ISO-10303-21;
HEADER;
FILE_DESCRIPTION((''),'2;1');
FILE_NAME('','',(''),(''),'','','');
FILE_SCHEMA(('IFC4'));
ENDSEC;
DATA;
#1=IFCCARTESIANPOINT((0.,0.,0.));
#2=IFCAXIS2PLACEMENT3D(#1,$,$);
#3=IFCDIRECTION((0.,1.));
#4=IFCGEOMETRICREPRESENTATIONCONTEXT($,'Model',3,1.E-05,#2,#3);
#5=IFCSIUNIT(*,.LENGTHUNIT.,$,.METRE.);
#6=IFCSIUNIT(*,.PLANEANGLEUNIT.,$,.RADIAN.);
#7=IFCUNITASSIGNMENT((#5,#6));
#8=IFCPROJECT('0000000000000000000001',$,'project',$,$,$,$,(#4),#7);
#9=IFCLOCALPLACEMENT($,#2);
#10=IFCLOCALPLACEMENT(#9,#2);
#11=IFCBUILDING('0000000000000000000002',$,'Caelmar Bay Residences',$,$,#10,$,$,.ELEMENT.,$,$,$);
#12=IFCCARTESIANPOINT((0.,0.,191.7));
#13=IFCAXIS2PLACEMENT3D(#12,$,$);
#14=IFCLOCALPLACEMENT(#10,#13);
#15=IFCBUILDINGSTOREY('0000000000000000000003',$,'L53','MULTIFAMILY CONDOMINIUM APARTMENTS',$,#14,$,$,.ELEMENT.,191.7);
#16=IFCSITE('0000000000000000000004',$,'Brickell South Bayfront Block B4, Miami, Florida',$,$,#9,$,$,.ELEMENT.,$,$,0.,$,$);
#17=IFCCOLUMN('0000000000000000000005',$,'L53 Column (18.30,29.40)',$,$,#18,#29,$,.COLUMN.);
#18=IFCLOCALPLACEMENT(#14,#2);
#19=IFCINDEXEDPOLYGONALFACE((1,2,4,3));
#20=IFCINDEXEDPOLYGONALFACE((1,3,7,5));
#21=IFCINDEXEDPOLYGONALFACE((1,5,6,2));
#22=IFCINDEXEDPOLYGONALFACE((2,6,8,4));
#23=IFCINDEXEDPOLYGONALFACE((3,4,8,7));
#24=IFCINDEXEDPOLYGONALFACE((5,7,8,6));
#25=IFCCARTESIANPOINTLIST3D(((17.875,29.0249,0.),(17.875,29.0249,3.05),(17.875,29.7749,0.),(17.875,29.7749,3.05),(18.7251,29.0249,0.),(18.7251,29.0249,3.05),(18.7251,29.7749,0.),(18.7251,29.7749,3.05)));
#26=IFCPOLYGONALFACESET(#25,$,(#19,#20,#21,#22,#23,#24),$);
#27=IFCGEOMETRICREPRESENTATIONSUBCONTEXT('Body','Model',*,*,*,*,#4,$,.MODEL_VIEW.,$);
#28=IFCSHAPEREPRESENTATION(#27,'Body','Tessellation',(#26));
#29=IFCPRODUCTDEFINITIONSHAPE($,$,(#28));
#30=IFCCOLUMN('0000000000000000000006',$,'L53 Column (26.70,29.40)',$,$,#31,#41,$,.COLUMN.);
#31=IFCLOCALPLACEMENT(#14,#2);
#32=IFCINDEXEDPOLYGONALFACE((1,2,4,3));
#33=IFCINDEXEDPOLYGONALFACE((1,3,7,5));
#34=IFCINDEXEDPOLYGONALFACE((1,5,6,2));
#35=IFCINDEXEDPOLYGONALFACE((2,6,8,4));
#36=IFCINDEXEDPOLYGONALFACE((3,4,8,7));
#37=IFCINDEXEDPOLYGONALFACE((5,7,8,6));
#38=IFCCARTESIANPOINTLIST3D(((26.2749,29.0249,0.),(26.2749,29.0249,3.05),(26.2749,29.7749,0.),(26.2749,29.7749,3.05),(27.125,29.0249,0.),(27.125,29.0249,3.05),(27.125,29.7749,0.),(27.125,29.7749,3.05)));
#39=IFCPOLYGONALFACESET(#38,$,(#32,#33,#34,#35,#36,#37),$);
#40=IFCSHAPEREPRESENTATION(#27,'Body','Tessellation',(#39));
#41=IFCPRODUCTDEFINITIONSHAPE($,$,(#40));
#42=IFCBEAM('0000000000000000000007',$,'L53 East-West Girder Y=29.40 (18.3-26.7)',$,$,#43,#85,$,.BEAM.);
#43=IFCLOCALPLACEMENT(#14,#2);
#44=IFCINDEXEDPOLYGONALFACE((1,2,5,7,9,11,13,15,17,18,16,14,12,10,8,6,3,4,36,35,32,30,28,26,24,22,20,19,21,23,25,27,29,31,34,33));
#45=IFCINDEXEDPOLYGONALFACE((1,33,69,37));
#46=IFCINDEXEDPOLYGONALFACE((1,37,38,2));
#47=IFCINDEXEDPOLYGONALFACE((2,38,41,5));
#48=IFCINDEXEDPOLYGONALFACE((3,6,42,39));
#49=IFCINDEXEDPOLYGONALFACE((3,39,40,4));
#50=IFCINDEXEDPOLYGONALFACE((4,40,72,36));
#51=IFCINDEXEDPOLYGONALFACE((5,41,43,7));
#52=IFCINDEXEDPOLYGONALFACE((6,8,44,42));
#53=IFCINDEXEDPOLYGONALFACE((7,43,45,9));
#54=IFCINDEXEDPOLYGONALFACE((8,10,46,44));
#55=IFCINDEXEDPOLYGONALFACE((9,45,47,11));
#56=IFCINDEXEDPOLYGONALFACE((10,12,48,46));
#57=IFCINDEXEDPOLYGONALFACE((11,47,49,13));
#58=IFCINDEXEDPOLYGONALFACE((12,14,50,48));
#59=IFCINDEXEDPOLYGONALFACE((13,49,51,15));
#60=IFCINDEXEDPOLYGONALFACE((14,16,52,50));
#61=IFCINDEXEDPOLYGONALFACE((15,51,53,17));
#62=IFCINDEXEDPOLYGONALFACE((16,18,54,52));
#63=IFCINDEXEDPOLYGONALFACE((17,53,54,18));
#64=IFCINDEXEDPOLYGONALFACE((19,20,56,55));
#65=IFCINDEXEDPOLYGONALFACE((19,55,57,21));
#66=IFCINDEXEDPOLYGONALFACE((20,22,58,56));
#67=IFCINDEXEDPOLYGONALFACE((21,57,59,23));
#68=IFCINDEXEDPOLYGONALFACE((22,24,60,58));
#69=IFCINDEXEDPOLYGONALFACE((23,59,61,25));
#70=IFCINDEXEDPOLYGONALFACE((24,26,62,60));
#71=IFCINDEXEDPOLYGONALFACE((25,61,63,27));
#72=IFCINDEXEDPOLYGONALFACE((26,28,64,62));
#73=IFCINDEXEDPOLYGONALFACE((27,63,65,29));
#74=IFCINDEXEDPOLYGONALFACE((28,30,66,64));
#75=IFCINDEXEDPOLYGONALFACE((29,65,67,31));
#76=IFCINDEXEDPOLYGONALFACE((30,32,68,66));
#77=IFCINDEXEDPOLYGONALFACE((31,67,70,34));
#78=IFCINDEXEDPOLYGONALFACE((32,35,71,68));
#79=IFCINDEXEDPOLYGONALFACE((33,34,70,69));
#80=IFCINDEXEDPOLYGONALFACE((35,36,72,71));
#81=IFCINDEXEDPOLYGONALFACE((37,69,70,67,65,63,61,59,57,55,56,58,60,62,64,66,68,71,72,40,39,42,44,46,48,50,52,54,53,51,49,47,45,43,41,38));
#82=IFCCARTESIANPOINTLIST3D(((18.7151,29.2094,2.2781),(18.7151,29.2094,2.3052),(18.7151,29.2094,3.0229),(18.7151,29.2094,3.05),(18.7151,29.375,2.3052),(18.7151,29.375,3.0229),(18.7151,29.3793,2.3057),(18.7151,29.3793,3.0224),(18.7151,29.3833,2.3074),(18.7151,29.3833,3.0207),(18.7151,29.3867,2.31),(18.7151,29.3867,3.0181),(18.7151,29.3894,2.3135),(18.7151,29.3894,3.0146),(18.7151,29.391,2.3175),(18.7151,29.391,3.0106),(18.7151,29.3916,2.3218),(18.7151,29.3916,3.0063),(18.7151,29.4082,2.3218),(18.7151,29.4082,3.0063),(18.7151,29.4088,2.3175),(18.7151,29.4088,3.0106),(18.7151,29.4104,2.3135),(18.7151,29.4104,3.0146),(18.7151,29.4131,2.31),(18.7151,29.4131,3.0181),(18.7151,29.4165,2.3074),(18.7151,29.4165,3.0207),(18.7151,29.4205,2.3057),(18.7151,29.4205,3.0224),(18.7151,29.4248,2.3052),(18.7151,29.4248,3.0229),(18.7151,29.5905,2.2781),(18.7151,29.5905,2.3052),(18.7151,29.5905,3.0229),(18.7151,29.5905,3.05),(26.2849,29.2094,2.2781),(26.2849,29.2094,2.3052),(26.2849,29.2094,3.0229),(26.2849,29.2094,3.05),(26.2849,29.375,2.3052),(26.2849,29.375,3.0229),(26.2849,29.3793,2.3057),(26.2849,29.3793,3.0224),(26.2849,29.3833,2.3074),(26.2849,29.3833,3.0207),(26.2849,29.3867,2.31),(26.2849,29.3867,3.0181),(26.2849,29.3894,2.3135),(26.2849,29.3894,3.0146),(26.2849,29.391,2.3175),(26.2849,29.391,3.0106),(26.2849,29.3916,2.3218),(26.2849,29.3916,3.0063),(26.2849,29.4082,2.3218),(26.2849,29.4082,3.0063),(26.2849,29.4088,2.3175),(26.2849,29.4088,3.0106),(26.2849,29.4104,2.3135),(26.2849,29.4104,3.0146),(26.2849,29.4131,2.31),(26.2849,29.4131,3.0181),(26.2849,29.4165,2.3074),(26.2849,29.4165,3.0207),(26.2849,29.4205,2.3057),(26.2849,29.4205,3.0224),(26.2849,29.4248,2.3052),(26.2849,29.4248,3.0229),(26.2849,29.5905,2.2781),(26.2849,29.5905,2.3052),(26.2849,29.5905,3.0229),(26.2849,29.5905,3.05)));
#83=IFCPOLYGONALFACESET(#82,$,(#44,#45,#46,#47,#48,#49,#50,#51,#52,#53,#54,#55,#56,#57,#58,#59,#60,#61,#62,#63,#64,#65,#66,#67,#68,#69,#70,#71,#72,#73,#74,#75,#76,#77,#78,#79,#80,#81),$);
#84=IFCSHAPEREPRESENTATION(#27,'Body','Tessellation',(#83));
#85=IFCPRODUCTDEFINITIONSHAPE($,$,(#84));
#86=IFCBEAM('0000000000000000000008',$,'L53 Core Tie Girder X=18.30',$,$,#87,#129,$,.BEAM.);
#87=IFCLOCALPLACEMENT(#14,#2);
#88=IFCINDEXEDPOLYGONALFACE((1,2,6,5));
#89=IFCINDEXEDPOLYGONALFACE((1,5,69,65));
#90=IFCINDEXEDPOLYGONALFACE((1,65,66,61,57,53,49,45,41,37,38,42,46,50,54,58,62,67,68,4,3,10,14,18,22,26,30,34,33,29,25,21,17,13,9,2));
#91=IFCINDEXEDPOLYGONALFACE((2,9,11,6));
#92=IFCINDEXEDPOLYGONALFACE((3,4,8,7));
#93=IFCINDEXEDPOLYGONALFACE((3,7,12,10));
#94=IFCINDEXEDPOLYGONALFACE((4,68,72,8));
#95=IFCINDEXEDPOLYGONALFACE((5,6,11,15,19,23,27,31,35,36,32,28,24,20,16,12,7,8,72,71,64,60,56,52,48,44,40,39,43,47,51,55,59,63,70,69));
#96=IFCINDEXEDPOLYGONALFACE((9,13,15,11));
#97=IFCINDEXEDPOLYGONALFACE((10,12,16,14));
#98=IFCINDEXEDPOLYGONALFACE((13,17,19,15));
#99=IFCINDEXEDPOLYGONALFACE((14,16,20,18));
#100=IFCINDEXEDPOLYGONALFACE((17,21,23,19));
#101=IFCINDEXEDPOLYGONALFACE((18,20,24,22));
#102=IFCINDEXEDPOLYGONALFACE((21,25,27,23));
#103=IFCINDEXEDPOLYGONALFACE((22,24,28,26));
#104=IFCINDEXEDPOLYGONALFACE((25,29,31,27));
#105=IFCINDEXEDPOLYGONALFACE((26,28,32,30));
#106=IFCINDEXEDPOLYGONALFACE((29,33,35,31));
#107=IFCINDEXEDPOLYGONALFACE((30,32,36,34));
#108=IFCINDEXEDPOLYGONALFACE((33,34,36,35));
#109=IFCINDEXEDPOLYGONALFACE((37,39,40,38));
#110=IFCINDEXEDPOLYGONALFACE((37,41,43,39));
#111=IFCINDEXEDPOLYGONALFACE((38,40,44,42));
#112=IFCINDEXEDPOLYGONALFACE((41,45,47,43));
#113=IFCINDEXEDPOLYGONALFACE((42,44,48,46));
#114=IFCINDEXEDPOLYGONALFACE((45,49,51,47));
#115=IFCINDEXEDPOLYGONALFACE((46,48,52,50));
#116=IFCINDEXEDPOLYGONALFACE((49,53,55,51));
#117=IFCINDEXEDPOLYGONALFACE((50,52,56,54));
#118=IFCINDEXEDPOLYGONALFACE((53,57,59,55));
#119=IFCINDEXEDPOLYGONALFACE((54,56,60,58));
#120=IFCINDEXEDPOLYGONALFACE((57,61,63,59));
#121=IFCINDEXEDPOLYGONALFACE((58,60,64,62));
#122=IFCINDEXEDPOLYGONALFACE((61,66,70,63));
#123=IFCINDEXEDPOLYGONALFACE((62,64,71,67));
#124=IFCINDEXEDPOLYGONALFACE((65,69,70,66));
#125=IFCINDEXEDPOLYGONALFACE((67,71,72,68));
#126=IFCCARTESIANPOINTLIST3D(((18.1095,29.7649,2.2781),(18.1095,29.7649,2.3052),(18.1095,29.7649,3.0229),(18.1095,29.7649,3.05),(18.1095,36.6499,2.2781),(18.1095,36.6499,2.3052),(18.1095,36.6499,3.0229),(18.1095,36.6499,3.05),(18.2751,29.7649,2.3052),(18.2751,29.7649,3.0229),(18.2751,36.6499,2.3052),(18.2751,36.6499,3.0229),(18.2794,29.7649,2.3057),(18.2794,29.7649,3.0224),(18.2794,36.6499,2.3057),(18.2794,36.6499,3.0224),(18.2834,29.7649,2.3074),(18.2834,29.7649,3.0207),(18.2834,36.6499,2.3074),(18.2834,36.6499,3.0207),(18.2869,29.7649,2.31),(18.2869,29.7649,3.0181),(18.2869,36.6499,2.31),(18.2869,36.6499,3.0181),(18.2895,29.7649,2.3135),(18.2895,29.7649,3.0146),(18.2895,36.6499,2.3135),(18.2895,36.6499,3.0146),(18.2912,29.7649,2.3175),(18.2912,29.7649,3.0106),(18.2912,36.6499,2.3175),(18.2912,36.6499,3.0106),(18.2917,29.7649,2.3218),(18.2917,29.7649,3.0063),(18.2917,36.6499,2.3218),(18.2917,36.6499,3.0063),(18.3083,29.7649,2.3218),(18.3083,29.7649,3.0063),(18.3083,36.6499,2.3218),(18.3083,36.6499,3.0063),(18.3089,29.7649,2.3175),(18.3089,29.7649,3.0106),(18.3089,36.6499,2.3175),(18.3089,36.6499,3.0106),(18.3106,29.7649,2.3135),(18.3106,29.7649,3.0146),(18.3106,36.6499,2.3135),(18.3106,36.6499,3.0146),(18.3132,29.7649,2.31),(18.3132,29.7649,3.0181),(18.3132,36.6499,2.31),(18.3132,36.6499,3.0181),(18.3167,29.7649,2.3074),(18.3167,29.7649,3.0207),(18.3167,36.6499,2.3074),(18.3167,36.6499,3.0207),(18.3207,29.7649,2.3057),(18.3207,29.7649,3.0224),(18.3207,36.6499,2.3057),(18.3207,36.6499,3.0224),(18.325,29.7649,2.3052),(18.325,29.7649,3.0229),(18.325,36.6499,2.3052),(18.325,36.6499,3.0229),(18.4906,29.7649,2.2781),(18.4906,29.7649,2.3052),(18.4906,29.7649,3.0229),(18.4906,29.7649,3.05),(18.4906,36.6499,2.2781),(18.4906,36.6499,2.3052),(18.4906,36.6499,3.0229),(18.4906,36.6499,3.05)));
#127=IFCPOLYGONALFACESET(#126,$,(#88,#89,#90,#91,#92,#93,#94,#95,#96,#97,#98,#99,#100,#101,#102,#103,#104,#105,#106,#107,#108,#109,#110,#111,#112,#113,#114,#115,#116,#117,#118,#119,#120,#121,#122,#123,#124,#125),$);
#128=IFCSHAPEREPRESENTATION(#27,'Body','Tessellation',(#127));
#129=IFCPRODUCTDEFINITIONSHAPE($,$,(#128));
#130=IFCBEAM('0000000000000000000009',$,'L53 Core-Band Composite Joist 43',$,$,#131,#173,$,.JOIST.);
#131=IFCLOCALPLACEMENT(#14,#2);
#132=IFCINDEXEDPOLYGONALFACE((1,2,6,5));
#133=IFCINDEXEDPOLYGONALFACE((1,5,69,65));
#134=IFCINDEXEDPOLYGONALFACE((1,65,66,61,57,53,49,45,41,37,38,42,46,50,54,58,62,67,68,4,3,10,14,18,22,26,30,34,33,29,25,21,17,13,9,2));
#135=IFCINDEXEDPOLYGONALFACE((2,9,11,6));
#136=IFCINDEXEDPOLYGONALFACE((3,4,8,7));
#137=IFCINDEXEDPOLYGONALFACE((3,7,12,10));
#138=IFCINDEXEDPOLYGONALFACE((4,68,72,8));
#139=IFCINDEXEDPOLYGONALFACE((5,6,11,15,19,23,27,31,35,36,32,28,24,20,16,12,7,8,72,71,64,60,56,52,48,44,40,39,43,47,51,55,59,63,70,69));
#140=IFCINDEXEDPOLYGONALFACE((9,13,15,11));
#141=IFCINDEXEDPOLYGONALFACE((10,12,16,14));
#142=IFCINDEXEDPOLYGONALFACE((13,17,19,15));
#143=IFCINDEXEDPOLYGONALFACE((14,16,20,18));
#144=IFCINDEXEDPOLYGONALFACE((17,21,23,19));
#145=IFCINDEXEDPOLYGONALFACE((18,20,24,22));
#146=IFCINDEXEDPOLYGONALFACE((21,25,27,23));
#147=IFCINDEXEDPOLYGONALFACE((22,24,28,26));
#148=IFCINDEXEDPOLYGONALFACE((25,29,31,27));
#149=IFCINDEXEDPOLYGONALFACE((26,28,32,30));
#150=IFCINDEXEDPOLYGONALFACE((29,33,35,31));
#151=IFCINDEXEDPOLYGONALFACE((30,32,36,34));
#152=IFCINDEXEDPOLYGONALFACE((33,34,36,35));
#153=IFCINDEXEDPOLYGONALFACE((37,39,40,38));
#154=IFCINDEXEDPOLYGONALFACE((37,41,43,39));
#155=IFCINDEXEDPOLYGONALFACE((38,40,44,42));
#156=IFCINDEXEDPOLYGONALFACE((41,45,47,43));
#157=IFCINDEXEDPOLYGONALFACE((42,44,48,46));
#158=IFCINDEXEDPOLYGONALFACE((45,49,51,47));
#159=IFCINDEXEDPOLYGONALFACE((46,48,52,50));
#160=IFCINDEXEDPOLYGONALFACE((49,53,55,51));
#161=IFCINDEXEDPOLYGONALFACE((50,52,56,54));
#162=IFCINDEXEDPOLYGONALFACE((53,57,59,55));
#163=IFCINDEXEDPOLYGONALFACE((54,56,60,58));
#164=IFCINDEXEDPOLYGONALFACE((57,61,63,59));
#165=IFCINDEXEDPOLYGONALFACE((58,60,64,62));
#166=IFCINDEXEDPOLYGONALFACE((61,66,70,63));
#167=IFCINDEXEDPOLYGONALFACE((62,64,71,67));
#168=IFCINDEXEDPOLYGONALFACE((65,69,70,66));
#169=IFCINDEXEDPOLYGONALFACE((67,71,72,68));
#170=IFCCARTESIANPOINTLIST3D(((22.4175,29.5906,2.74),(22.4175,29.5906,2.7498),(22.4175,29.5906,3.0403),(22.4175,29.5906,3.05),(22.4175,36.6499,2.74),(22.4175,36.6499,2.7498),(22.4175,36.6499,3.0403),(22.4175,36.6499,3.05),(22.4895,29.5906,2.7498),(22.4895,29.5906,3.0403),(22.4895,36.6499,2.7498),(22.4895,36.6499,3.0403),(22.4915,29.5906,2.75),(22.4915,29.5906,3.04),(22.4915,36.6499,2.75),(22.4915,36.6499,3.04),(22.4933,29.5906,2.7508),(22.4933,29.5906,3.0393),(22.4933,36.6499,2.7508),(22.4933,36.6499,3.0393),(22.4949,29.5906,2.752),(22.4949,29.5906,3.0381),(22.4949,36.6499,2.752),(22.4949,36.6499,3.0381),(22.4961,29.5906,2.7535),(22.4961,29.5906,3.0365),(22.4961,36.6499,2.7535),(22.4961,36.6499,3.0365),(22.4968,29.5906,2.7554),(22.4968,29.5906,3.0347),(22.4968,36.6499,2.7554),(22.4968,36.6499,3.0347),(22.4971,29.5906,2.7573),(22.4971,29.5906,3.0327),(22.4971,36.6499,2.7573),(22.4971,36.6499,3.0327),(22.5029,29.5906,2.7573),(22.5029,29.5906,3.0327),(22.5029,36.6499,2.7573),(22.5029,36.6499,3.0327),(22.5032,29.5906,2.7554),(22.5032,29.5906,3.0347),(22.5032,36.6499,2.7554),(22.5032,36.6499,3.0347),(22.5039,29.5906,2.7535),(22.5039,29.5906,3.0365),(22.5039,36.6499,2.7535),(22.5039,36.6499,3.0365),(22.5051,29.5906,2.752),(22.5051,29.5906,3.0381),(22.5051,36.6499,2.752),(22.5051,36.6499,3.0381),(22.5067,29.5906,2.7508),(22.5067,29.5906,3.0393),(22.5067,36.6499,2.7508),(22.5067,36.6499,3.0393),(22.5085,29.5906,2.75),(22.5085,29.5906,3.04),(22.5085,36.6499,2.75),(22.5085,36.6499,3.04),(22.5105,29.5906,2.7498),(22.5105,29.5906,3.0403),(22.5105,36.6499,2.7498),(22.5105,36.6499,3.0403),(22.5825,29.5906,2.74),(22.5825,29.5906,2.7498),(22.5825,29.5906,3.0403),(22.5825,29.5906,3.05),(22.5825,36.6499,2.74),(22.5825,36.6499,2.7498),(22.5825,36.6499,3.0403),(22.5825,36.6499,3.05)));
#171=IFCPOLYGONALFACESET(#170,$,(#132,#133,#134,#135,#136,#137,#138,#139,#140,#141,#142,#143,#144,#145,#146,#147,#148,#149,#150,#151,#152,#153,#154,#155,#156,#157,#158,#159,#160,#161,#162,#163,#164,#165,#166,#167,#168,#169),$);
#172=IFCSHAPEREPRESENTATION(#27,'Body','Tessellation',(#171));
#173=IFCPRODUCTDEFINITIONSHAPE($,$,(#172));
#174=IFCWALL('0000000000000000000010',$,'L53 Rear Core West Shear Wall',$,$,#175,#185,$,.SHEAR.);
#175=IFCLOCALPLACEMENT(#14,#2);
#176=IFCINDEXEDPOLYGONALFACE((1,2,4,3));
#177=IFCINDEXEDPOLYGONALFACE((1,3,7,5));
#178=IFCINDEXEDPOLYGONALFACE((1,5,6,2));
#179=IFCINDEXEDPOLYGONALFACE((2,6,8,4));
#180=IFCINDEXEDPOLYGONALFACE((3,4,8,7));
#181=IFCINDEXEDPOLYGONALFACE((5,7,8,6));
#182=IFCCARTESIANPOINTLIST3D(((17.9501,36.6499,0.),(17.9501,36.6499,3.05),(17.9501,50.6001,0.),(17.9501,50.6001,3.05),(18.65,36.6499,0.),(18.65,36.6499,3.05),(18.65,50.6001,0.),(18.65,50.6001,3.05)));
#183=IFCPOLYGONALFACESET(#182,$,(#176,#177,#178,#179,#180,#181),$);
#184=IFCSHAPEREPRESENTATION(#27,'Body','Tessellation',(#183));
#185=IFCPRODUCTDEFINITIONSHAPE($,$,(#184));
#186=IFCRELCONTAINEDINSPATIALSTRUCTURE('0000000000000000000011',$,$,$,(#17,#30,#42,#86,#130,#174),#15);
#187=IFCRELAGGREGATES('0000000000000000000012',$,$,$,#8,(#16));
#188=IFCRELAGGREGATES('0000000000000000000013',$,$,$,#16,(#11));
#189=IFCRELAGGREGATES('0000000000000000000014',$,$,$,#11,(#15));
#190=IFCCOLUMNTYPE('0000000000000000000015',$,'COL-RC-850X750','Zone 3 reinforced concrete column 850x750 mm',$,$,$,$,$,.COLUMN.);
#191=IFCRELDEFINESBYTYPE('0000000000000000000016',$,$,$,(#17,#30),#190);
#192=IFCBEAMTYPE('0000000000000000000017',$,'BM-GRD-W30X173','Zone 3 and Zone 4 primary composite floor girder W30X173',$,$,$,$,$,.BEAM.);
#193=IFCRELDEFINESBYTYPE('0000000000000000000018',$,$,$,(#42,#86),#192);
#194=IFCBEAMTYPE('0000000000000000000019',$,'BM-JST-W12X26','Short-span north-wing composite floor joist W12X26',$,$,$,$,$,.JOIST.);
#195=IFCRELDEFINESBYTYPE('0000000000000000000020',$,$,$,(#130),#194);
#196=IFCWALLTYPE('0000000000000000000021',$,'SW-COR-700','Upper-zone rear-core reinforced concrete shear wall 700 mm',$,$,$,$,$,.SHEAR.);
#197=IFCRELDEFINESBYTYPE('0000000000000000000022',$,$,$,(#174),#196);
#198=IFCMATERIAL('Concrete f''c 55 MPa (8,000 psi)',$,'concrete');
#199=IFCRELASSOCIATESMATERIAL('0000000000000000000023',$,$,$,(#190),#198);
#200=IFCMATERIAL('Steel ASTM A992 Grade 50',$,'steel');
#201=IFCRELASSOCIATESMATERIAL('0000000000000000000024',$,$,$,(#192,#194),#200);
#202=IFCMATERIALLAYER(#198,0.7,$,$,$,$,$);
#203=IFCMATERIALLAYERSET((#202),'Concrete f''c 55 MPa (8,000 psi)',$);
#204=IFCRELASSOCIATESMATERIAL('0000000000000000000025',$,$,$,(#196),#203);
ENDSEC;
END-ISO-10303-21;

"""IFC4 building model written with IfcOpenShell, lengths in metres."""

from ifc_helpers import new_model, si_unit, direction, frame, frame_2d, origin, origin_2d, place, context, subcontext, project, spatial, rectangle, i_section, extrude, material, layer, layer_set, material_profile, profile_set, type_object, element, save


model = new_model("IFC4")

# Units and contexts
model_context = context("Model", 3, precision=1e-05, world=origin(), true_north=direction((0.0, 1.0)))
body_context = subcontext(model_context, "Body", "Model", "MODEL_VIEW")
ifc_project = project(units=[si_unit("LENGTHUNIT", "METRE"), si_unit("PLANEANGLEUNIT", "RADIAN")], contexts=[model_context])

# Site, building, storey
site_placement = place(None, origin())
site = spatial("IfcSite", under=ifc_project, at=site_placement, Name="Brickell South Bayfront Block B4, Miami, Florida", CompositionType="ELEMENT", RefElevation=0.0)
building_placement = place(site_placement, origin())
building = spatial("IfcBuilding", under=site, at=building_placement, Name="Caelmar Bay Residences", CompositionType="ELEMENT")
storey_placement = place(building_placement, frame((0.0, 0.0, 191.7)))
storey = spatial("IfcBuildingStorey", under=building, at=storey_placement, Name="L53", Description="MULTIFAMILY CONDOMINIUM APARTMENTS", CompositionType="ELEMENT", Elevation=191.7)

# Columns
ifc_material_1 = material(Name="Concrete f'c 55 MPa (8,000 psi)", Category="concrete")
ifc_material_profile_1 = material_profile(ifc_material_1, rectangle(XDim=0.8501, YDim=0.75, at=origin_2d()), Name="RC-COL-850X750")
ifc_profile_set_1 = profile_set([ifc_material_profile_1], Name="Concrete f'c 55 MPa (8,000 psi)")
column_type = type_object("IfcColumnType", Name="COL-RC-850X750", Description="Zone 3 reinforced concrete column 850x750 mm", PredefinedType="COLUMN", material=ifc_profile_set_1)
for number, where, z_axis, x_axis, name in (
    (1, (18.3, 29.3999, 0.0), (0.0, 0.0, 1.0), (1.0, 0.0, 0.0), "L53 Column (18.30,29.40)"),
    (2, (26.7, 29.3999, 0.0), (0.0, 0.0, 1.0), (1.0, 0.0, 0.0), "L53 Column (26.70,29.40)"),
):
    element("IfcColumn", number, at=place(storey_placement, frame(where, z_axis=z_axis, x_axis=x_axis)), inside=storey, type_object=column_type, Name=name, PredefinedType="COLUMN", context=body_context, shape_type="SweptSolid", body=[
        extrude(rectangle(XDim=0.8501, YDim=0.75, at=origin_2d()), origin(), (0.0, 0.0, 1.0), 3.05),
    ])

# Beams
ifc_material_2 = material(Name="Steel ASTM A992 Grade 50", Category="steel")
ifc_material_profile_2 = material_profile(ifc_material_2, i_section(OverallWidth=0.3811, OverallDepth=0.772, WebThickness=0.0166, FlangeThickness=0.0271, FilletRadius=0.0166, at=origin_2d()), Name="W30X173")
ifc_profile_set_2 = profile_set([ifc_material_profile_2], Name="Steel ASTM A992 Grade 50")
beam_type_1 = type_object("IfcBeamType", Name="BM-GRD-W30X173", Description="Zone 3 and Zone 4 primary composite floor girder W30X173", PredefinedType="BEAM", material=ifc_profile_set_2)
beam_1_placement = place(storey_placement, frame((18.7151, 29.3999, 2.6641), z_axis=(1.0, 0.0, 0.0), x_axis=(0.0, 1.0, 0.0)))
element("IfcBeam", 3, at=beam_1_placement, inside=storey, type_object=beam_type_1, Name="L53 East-West Girder Y=29.40 (18.3-26.7)", PredefinedType="BEAM", context=body_context, shape_type="SweptSolid", body=[
    extrude(i_section(OverallWidth=0.3811, OverallDepth=0.772, WebThickness=0.0166, FlangeThickness=0.0271, FilletRadius=0.0166, at=origin_2d()), origin(), (0.0, 0.0, 1.0), 7.5698),
])
beam_2_placement = place(storey_placement, frame((18.3, 29.7649, 2.6641), z_axis=(0.0, 1.0, 0.0), x_axis=(-1.0, 0.0, 0.0)))
element("IfcBeam", 4, at=beam_2_placement, inside=storey, type_object=beam_type_1, Name="L53 Core Tie Girder X=18.30", PredefinedType="BEAM", context=body_context, shape_type="SweptSolid", body=[
    extrude(i_section(OverallWidth=0.3811, OverallDepth=0.772, WebThickness=0.0166, FlangeThickness=0.0271, FilletRadius=0.0166, at=origin_2d()), origin(), (0.0, 0.0, 1.0), 6.885),
])
ifc_material_profile_3 = material_profile(ifc_material_2, i_section(OverallWidth=0.165, OverallDepth=0.3101, WebThickness=0.0059, FlangeThickness=0.0098, FilletRadius=0.0076, at=origin_2d()), Name="W12X26")
ifc_profile_set_3 = profile_set([ifc_material_profile_3], Name="Steel ASTM A992 Grade 50")
beam_type_2 = type_object("IfcBeamType", Name="BM-JST-W12X26", Description="Short-span north-wing composite floor joist W12X26", PredefinedType="JOIST", material=ifc_profile_set_3)
beam_3_placement = place(storey_placement, frame((22.5, 29.5906, 2.895), z_axis=(0.0, 1.0, 0.0), x_axis=(-1.0, 0.0, 0.0)))
element("IfcBeam", 5, at=beam_3_placement, inside=storey, type_object=beam_type_2, Name="L53 Core-Band Composite Joist 43", PredefinedType="JOIST", context=body_context, shape_type="SweptSolid", body=[
    extrude(i_section(OverallWidth=0.165, OverallDepth=0.3101, WebThickness=0.0059, FlangeThickness=0.0098, FilletRadius=0.0076, at=origin_2d()), origin(), (0.0, 0.0, 1.0), 7.0593),
])

# Wall
ifc_layer_1 = layer(ifc_material_1, 0.7)
ifc_layer_set_1 = layer_set([ifc_layer_1], Name="Concrete f'c 55 MPa (8,000 psi)")
wall_type_1 = type_object("IfcWallType", Name="SW-COR-700", Description="Upper-zone rear-core reinforced concrete shear wall 700 mm", PredefinedType="SHEAR", material=ifc_layer_set_1)
wall_1_placement = place(storey_placement, frame((18.3, 36.6499, 0.0), z_axis=(0.0, 0.0, 1.0), x_axis=(0.0, 1.0, 0.0)))
element("IfcWall", 6, at=wall_1_placement, inside=storey, type_object=wall_type_1, Name="L53 Rear Core West Shear Wall", PredefinedType="SHEAR", context=body_context, shape_type="SweptSolid", body=[
    extrude(rectangle(XDim=13.9502, YDim=0.7, at=frame_2d((6.9751, 0.0))), origin(), (0.0, 0.0, 1.0), 3.05),
])

save(model, "model.ifc")
